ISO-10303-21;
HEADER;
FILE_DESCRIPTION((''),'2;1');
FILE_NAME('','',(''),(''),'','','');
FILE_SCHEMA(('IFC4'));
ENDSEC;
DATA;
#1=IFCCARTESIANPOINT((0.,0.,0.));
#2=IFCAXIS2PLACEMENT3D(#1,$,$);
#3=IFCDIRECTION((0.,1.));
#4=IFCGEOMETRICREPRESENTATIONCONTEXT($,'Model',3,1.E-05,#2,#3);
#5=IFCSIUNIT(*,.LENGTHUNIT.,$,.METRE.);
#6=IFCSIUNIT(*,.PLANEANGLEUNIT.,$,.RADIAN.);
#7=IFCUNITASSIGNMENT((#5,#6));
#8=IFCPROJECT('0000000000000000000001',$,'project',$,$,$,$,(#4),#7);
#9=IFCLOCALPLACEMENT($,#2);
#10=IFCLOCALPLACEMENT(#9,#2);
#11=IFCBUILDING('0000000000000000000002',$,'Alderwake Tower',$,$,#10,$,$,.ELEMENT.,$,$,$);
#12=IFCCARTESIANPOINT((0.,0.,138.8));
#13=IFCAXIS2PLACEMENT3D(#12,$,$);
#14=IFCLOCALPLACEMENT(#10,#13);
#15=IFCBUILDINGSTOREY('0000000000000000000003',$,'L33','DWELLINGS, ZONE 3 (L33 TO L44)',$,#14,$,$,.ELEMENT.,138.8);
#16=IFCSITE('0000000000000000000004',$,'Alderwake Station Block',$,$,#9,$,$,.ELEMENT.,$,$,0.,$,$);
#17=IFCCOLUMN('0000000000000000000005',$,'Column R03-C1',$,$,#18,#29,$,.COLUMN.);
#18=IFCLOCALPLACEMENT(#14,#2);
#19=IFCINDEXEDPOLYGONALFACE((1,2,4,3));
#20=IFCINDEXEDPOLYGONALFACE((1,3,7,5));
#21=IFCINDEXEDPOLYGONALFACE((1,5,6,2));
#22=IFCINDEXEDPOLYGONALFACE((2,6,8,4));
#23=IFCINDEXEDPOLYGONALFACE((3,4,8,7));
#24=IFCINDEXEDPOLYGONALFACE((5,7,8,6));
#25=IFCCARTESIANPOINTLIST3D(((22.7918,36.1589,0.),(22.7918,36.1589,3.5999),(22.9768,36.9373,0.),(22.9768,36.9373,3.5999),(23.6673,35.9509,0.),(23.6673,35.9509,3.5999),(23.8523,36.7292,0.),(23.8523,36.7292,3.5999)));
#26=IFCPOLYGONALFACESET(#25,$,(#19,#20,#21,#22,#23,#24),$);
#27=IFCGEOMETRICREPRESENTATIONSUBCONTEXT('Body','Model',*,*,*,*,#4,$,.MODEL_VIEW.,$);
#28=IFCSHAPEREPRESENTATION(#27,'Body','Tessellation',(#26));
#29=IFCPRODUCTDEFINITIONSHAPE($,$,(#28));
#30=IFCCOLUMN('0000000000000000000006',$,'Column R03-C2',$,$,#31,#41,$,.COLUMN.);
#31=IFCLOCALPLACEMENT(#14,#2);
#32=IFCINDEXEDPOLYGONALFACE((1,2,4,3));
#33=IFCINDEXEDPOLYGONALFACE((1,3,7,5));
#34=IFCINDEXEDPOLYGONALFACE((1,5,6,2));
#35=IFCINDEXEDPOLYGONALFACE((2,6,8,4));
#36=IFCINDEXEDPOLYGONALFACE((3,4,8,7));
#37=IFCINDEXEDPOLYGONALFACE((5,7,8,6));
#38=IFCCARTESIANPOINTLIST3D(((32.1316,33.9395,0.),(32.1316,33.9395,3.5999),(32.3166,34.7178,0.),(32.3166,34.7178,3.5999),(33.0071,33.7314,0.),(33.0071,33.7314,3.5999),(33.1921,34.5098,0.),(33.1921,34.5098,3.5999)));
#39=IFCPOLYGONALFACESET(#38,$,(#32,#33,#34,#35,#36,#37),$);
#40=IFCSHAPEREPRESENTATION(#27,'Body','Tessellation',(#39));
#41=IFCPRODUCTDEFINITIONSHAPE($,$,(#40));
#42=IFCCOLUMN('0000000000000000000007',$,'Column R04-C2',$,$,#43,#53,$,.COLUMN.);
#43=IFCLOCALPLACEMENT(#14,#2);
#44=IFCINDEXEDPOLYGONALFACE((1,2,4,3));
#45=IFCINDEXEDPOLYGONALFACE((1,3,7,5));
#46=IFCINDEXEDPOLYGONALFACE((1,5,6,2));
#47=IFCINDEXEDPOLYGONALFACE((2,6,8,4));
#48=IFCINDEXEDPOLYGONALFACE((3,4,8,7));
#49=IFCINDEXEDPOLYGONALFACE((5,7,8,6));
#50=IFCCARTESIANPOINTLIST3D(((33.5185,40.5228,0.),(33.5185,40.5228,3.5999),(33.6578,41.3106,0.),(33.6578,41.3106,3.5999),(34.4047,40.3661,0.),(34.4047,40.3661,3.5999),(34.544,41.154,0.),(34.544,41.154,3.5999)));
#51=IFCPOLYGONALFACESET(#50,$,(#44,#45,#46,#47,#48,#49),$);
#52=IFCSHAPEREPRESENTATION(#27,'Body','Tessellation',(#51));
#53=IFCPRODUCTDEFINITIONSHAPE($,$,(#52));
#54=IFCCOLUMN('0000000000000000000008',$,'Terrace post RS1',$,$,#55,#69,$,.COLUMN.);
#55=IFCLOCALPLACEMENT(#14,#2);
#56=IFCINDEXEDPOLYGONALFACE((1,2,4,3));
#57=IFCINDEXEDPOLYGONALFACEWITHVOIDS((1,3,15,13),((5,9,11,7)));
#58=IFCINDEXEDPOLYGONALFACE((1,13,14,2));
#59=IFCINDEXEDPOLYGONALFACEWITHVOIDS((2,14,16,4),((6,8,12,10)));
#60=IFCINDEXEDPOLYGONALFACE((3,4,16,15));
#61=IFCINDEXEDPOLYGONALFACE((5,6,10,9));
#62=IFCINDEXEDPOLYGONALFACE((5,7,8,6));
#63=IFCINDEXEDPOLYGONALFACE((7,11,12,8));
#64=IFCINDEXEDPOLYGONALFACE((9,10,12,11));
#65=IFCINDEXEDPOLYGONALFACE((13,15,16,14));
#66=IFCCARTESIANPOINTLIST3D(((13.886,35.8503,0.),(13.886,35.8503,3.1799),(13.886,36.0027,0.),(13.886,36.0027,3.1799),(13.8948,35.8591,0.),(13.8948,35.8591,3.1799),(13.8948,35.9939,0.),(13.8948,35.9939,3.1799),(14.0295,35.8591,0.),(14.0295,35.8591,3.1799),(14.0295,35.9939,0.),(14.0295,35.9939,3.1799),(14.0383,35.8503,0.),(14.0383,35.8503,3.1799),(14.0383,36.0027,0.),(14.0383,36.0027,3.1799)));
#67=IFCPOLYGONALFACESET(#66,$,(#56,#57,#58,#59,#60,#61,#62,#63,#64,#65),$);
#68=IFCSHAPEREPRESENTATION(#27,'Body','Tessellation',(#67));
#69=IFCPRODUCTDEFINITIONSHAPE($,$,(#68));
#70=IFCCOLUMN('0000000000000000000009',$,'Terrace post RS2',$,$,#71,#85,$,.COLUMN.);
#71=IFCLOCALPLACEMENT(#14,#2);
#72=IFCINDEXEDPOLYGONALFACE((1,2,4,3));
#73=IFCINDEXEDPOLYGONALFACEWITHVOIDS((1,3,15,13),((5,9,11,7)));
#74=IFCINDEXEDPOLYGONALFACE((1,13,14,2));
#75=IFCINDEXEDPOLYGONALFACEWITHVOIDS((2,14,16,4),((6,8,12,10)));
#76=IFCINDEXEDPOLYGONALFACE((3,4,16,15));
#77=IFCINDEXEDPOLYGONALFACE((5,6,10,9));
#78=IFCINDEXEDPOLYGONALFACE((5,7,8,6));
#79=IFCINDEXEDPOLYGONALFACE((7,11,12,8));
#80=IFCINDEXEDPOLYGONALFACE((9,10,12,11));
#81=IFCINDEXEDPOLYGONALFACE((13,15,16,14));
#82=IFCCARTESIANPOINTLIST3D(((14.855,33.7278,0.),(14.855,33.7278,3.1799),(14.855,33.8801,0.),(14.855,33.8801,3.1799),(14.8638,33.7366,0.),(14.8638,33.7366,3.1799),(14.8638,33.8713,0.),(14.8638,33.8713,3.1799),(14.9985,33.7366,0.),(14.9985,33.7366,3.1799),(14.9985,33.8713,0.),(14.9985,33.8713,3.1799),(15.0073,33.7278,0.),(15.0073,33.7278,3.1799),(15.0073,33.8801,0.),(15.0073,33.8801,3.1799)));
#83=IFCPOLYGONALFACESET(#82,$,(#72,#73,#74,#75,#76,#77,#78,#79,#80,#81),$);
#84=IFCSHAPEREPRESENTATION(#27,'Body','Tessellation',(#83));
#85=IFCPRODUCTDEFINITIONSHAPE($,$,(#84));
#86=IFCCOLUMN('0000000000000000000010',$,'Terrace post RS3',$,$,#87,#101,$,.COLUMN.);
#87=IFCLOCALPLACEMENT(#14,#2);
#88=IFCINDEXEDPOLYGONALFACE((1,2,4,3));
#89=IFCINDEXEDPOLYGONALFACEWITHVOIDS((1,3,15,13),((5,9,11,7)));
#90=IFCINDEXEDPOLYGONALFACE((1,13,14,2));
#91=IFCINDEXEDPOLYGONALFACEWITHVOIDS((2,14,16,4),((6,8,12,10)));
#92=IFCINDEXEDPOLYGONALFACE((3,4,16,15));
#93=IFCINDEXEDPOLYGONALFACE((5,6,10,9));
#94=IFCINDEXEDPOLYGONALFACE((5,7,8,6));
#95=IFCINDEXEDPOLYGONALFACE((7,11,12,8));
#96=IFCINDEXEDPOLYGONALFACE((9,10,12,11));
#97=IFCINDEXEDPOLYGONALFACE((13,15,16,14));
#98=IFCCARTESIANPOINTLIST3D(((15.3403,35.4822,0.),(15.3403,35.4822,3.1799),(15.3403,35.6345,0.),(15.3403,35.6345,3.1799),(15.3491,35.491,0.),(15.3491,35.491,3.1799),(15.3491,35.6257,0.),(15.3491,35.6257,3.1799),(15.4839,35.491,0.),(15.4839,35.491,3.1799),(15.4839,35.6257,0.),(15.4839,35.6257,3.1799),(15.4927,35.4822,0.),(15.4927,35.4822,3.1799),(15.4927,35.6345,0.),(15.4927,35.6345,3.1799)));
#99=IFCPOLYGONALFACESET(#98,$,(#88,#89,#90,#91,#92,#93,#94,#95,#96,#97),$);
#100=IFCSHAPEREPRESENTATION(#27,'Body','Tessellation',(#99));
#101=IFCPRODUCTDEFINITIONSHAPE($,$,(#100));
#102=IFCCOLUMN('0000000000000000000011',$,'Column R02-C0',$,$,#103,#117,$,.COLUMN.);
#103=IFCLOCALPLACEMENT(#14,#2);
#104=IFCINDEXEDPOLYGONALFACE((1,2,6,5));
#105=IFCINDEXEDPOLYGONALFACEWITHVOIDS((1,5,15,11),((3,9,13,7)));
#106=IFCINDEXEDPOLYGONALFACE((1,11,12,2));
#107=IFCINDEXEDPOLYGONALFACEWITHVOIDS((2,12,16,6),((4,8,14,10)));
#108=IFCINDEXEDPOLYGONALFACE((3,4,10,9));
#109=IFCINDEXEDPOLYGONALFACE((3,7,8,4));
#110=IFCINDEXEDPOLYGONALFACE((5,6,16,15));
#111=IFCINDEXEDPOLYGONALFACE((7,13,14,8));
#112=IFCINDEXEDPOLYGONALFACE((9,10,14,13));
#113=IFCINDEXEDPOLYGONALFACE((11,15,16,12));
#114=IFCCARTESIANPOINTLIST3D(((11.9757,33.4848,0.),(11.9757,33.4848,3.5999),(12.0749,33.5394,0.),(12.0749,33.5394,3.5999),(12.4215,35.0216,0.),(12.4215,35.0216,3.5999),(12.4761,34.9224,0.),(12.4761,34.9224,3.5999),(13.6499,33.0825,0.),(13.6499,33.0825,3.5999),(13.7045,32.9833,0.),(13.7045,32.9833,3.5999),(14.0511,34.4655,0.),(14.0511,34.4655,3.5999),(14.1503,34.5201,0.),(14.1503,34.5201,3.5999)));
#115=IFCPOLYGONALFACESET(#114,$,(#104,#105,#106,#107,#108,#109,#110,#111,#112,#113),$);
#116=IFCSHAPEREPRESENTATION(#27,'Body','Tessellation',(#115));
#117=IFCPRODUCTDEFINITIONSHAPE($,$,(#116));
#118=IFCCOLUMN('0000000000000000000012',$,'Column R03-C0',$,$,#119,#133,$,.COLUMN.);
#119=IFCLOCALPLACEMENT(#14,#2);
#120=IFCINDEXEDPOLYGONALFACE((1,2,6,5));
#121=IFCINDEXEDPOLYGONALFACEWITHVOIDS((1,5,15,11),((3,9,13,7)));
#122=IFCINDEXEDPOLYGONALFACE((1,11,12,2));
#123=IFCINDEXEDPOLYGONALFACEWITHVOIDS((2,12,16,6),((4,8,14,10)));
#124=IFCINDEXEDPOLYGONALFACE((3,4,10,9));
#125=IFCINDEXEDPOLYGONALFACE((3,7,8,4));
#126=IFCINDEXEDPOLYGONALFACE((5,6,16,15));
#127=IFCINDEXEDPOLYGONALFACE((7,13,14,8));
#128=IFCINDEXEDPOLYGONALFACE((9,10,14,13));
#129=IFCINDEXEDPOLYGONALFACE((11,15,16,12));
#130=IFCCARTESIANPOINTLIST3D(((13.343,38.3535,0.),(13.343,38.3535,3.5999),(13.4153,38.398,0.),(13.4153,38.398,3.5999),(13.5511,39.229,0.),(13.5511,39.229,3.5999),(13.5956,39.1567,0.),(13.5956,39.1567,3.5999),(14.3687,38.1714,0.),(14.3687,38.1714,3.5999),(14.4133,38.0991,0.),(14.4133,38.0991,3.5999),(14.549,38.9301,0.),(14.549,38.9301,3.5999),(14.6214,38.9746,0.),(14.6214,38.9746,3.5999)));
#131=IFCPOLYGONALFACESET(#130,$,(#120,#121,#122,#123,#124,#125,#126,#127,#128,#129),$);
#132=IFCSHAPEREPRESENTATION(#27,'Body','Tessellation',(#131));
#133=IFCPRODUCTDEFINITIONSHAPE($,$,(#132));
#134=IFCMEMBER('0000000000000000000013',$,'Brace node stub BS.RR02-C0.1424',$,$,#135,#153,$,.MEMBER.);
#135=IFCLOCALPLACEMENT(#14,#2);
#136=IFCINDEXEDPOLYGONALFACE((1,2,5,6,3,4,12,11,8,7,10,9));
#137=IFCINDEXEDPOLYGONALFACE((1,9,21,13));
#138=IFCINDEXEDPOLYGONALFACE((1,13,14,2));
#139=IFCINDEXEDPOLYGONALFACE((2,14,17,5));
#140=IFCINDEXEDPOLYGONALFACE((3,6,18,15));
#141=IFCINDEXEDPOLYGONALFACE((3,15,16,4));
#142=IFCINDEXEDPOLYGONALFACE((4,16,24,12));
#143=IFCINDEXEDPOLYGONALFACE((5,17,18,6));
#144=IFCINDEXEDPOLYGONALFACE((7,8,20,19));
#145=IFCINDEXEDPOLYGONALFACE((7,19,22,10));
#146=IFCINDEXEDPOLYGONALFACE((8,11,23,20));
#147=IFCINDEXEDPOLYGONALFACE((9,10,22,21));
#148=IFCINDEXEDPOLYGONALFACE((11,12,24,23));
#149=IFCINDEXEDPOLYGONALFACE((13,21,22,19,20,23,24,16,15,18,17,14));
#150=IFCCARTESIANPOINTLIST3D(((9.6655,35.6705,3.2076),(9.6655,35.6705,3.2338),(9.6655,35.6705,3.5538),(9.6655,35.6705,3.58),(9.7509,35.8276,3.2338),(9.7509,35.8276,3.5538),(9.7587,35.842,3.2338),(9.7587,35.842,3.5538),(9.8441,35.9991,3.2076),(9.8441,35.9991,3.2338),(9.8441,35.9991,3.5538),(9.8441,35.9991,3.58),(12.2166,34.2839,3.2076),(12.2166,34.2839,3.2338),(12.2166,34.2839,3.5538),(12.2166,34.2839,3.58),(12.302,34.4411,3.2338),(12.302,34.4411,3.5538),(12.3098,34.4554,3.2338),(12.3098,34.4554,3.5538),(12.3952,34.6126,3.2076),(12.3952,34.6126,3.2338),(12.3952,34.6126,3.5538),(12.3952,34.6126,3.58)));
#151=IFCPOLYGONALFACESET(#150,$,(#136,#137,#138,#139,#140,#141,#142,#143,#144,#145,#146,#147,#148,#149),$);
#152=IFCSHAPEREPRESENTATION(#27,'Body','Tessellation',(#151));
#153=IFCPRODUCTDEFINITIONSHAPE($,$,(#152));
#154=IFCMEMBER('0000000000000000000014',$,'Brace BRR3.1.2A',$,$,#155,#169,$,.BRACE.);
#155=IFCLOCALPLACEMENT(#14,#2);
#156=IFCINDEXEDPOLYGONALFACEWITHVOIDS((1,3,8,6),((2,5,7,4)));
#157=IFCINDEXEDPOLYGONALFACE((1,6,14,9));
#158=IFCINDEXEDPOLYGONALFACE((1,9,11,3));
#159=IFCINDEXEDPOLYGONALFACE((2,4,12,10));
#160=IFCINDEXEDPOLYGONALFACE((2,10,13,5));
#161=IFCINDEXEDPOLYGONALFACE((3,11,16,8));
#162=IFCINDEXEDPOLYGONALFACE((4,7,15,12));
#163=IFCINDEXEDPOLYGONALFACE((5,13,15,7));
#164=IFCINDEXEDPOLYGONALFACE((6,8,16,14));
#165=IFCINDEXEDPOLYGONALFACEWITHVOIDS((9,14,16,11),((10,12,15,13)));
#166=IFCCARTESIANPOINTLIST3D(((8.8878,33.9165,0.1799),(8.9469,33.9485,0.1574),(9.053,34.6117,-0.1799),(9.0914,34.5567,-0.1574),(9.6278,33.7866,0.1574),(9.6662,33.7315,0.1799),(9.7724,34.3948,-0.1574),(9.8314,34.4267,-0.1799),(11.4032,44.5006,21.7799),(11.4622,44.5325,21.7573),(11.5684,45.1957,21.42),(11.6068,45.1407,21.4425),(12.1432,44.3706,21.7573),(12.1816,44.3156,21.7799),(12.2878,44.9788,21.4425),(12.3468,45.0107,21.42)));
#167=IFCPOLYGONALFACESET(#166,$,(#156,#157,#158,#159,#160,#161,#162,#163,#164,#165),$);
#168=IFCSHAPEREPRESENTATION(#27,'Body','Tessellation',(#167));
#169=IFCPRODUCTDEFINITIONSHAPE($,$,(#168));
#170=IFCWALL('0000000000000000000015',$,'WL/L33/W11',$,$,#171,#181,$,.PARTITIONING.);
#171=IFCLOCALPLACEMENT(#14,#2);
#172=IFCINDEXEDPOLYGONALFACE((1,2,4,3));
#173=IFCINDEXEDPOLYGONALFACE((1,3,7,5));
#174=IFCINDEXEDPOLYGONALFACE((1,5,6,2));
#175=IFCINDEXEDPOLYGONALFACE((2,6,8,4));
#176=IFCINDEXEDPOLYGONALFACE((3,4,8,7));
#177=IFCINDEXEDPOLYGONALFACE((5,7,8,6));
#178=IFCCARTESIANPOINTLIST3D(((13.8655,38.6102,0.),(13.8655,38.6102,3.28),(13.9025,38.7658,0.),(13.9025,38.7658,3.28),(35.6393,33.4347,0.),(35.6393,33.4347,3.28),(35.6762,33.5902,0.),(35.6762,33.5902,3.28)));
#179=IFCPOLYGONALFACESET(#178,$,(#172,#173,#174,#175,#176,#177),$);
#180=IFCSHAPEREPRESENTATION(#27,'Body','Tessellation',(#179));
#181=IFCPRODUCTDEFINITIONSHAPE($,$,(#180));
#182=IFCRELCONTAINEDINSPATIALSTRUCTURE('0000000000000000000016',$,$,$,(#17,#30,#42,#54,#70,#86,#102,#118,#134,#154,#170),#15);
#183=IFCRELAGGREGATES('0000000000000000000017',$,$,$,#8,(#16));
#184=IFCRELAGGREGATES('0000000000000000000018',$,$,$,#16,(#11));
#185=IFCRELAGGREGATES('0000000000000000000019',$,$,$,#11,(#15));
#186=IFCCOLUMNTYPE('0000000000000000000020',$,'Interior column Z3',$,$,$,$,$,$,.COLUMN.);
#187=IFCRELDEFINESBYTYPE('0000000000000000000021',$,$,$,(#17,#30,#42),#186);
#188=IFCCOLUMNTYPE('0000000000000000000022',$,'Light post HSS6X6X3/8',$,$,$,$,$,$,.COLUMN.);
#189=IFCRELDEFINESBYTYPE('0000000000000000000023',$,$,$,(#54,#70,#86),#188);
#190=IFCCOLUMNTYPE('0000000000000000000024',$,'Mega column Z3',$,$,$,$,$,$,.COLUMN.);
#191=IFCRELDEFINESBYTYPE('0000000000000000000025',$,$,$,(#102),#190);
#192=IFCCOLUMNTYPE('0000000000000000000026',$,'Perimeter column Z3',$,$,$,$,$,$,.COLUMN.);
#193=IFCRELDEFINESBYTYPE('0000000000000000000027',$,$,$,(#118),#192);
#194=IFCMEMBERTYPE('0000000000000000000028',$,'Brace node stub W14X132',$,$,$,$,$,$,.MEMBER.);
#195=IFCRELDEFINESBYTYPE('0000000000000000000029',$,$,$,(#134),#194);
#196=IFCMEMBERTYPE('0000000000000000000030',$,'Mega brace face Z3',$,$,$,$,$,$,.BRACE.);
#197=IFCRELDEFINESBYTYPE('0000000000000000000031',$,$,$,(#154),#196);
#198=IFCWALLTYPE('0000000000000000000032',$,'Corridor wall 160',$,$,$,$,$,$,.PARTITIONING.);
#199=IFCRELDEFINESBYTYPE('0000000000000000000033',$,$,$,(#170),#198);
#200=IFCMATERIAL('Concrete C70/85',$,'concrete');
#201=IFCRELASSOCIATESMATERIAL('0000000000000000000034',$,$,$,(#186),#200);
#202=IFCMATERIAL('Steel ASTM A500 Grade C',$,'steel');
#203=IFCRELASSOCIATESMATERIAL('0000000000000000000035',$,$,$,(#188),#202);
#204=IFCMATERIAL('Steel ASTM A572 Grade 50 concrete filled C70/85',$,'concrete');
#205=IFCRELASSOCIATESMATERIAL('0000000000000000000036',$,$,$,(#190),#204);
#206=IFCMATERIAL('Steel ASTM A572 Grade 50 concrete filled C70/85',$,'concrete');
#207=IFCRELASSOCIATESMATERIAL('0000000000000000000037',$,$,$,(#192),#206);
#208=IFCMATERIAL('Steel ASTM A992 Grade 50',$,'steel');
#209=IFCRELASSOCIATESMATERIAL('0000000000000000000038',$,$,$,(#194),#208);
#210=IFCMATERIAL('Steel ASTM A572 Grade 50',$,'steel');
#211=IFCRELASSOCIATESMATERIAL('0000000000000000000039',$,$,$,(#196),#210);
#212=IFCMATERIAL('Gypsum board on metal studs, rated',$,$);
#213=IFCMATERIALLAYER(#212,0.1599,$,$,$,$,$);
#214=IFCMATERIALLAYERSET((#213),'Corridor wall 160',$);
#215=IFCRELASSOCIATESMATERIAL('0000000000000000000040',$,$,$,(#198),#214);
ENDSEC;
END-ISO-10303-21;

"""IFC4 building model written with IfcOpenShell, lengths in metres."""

from ifc_helpers import new_model, si_unit, direction, frame, frame_2d, origin, origin_2d, place, context, subcontext, project, spatial, rectangle, hollow_rectangle, i_section, extrude, material, layer, layer_set, material_profile, profile_set, type_object, element, save


model = new_model("IFC4")

# Units and contexts
model_context = context("Model", 3, precision=1e-05, world=origin(), true_north=direction((0.0, 1.0)))
body_context = subcontext(model_context, "Body", "Model", "MODEL_VIEW")
ifc_project = project(units=[si_unit("LENGTHUNIT", "METRE"), si_unit("PLANEANGLEUNIT", "RADIAN")], contexts=[model_context])

# Site, building, storey
site_placement = place(None, origin())
site = spatial("IfcSite", under=ifc_project, at=site_placement, Name="Alderwake Station Block", CompositionType="ELEMENT", RefElevation=0.0)
building_placement = place(site_placement, origin())
building = spatial("IfcBuilding", under=site, at=building_placement, Name="Alderwake Tower", CompositionType="ELEMENT")
storey_placement = place(building_placement, frame((0.0, 0.0, 138.8)))
storey = spatial("IfcBuildingStorey", under=building, at=storey_placement, Name="L33", Description="DWELLINGS, ZONE 3 (L33 TO L44)", CompositionType="ELEMENT", Elevation=138.8)

# Columns
ifc_material_1 = material(Name="Concrete C70/85", Category="concrete")
ifc_material_profile_1 = material_profile(ifc_material_1, rectangle(XDim=0.8, YDim=0.8999, at=origin_2d()), Name="RC 900X800")
ifc_profile_set_1 = profile_set([ifc_material_profile_1], Name="Concrete C70/85")
column_type_1 = type_object("IfcColumnType", Name="Interior column Z3", PredefinedType="COLUMN", material=ifc_profile_set_1)
for number, where, z_axis, x_axis, name in (
    (1, (23.322, 36.4441, 0.0), (0.0, 0.0, 1.0), (0.231222, 0.972901, 0.0), "Column R03-C1"),
    (2, (32.6619, 34.2246, 0.0), (0.0, 0.0, 1.0), (0.231222, 0.972901, 0.0), "Column R03-C2"),
    (3, (34.0312, 40.8384, 0.0), (0.0, 0.0, 1.0), (0.174109, 0.984726, 0.0), "Column R04-C2"),
):
    element("IfcColumn", number, at=place(storey_placement, frame(where, z_axis=z_axis, x_axis=x_axis)), inside=storey, type_object=column_type_1, Name=name, PredefinedType="COLUMN", context=body_context, shape_type="SweptSolid", body=[
        extrude(rectangle(XDim=0.8, YDim=0.8999, at=origin_2d()), origin(), (0.0, 0.0, 1.0), 3.5999),
    ])
ifc_material_2 = material(Name="Steel ASTM A500 Grade C", Category="steel")
ifc_material_profile_2 = material_profile(ifc_material_2, hollow_rectangle(XDim=0.1523, YDim=0.1523, WallThickness=0.0088, at=origin_2d()), Name="HSS6X6X3/8")
ifc_profile_set_2 = profile_set([ifc_material_profile_2], Name="Steel ASTM A500 Grade C")
column_type_2 = type_object("IfcColumnType", Name="Light post HSS6X6X3/8", PredefinedType="COLUMN", material=ifc_profile_set_2)
for number, where, z_axis, x_axis, name in (
    (4, (13.9622, 35.9265, 0.0), (0.0, 0.0, 1.0), (1.0, 0.0, 0.0), "Terrace post RS1"),
    (5, (14.9312, 33.804, 0.0), (0.0, 0.0, 1.0), (1.0, 0.0, 0.0), "Terrace post RS2"),
    (6, (15.4165, 35.5583, 0.0), (0.0, 0.0, 1.0), (1.0, 0.0, 0.0), "Terrace post RS3"),
):
    element("IfcColumn", number, at=place(storey_placement, frame(where, z_axis=z_axis, x_axis=x_axis)), inside=storey, type_object=column_type_2, Name=name, PredefinedType="COLUMN", context=body_context, shape_type="SweptSolid", body=[
        extrude(hollow_rectangle(XDim=0.1523, YDim=0.1523, WallThickness=0.0088, at=origin_2d()), origin(), (0.0, 0.0, 1.0), 3.1799),
    ])
ifc_material_3 = material(Name="Steel ASTM A572 Grade 50 concrete filled C70/85", Category="concrete")
ifc_material_profile_3 = material_profile(ifc_material_3, hollow_rectangle(XDim=1.6001, YDim=1.8, WallThickness=0.0801, at=origin_2d()), Name="BOX 1800X1600X80")
ifc_profile_set_3 = profile_set([ifc_material_profile_3], Name="Steel ASTM A572 Grade 50 concrete filled C70/85")
column_type_3 = type_object("IfcColumnType", Name="Mega column Z3", PredefinedType="COLUMN", material=ifc_profile_set_3)
column_1_placement = place(storey_placement, frame((13.063, 34.0024, 0.0), z_axis=(0.0, 0.0, 1.0), x_axis=(0.278612, 0.960404, 0.0)))
element("IfcColumn", 7, at=column_1_placement, inside=storey, type_object=column_type_3, Name="Column R02-C0", PredefinedType="COLUMN", context=body_context, shape_type="SweptSolid", body=[
    extrude(hollow_rectangle(XDim=1.6001, YDim=1.8, WallThickness=0.0801, at=origin_2d()), origin(), (0.0, 0.0, 1.0), 3.5999),
])
ifc_material_4 = material(Name="Steel ASTM A572 Grade 50 concrete filled C70/85", Category="concrete")
ifc_material_profile_4 = material_profile(ifc_material_4, hollow_rectangle(XDim=0.8999, YDim=1.1001, WallThickness=0.0601, at=origin_2d()), Name="BOX 1100X900X60")
ifc_profile_set_4 = profile_set([ifc_material_profile_4], Name="Steel ASTM A572 Grade 50 concrete filled C70/85")
column_type_4 = type_object("IfcColumnType", Name="Perimeter column Z3", PredefinedType="COLUMN", material=ifc_profile_set_4)
column_2_placement = place(storey_placement, frame((13.9822, 38.6641, 0.0), z_axis=(0.0, 0.0, 1.0), x_axis=(0.231222, 0.972901, 0.0)))
element("IfcColumn", 8, at=column_2_placement, inside=storey, type_object=column_type_4, Name="Column R03-C0", PredefinedType="COLUMN", context=body_context, shape_type="SweptSolid", body=[
    extrude(hollow_rectangle(XDim=0.8999, YDim=1.1001, WallThickness=0.0601, at=origin_2d()), origin(), (0.0, 0.0, 1.0), 3.5999),
])

# Members
ifc_material_5 = material(Name="Steel ASTM A992 Grade 50", Category="steel")
ifc_material_profile_5 = material_profile(ifc_material_5, i_section(OverallWidth=0.374, OverallDepth=0.3723, WebThickness=0.0164, FlangeThickness=0.0261, at=origin_2d()), Name="W14X132")
ifc_profile_set_5 = profile_set([ifc_material_profile_5], Name="Steel ASTM A992 Grade 50")
member_type_1 = type_object("IfcMemberType", Name="Brace node stub W14X132", PredefinedType="MEMBER", material=ifc_profile_set_5)
member_1_placement = place(storey_placement, frame((12.3059, 34.4482, 3.3938), z_axis=(-0.878618, 0.477526, 0.0), x_axis=(-0.477526, -0.878618, 0.0)))
element("IfcMember", 9, at=member_1_placement, inside=storey, type_object=member_type_1, Name="Brace node stub BS.RR02-C0.1424", PredefinedType="MEMBER", context=body_context, shape_type="SweptSolid", body=[
    extrude(i_section(OverallWidth=0.374, OverallDepth=0.3723, WebThickness=0.0164, FlangeThickness=0.0261, at=origin_2d()), origin(), (0.0, 0.0, 1.0), 2.9036),
])
ifc_material_6 = material(Name="Steel ASTM A572 Grade 50", Category="steel")
ifc_material_profile_6 = material_profile(ifc_material_6, hollow_rectangle(XDim=0.8, YDim=0.8, WallThickness=0.05, at=origin_2d()), Name="BOX 800X800X50")
ifc_profile_set_6 = profile_set([ifc_material_profile_6], Name="Steel ASTM A572 Grade 50")
member_type_2 = type_object("IfcMemberType", Name="Mega brace face Z3", PredefinedType="BRACE", material=ifc_profile_set_6)
member_2_placement = place(storey_placement, frame((9.3596, 34.1716, 0.0), z_axis=(0.104007, 0.437631, 0.893119), x_axis=(-0.972902, 0.231219, 0.0)))
element("IfcMember", 10, at=member_2_placement, inside=storey, type_object=member_type_2, Name="Brace BRR3.1.2A", PredefinedType="BRACE", context=body_context, shape_type="SweptSolid", body=[
    extrude(hollow_rectangle(XDim=0.8, YDim=0.8, WallThickness=0.05, at=origin_2d()), origin(), (0.0, 0.0, 1.0), 24.1848),
])

# Wall
ifc_material_7 = material(Name="Gypsum board on metal studs, rated")
ifc_layer_1 = layer(ifc_material_7, 0.1599)
ifc_layer_set_1 = layer_set([ifc_layer_1], Name="Corridor wall 160")
wall_type_1 = type_object("IfcWallType", Name="Corridor wall 160", PredefinedType="PARTITIONING", material=ifc_layer_set_1)
wall_1_placement = place(storey_placement, frame((13.884, 38.688, 0.0), z_axis=(0.0, 0.0, 1.0), x_axis=(0.972893, -0.231254, 0.0)))
element("IfcWall", 11, at=wall_1_placement, inside=storey, type_object=wall_type_1, Name="WL/L33/W11", PredefinedType="PARTITIONING", context=body_context, shape_type="SweptSolid", body=[
    extrude(rectangle(XDim=22.3804, YDim=0.1599, at=frame_2d((11.1902, 0.0))), origin(), (0.0, 0.0, 1.0), 3.28),
])

save(model, "model.ifc")
